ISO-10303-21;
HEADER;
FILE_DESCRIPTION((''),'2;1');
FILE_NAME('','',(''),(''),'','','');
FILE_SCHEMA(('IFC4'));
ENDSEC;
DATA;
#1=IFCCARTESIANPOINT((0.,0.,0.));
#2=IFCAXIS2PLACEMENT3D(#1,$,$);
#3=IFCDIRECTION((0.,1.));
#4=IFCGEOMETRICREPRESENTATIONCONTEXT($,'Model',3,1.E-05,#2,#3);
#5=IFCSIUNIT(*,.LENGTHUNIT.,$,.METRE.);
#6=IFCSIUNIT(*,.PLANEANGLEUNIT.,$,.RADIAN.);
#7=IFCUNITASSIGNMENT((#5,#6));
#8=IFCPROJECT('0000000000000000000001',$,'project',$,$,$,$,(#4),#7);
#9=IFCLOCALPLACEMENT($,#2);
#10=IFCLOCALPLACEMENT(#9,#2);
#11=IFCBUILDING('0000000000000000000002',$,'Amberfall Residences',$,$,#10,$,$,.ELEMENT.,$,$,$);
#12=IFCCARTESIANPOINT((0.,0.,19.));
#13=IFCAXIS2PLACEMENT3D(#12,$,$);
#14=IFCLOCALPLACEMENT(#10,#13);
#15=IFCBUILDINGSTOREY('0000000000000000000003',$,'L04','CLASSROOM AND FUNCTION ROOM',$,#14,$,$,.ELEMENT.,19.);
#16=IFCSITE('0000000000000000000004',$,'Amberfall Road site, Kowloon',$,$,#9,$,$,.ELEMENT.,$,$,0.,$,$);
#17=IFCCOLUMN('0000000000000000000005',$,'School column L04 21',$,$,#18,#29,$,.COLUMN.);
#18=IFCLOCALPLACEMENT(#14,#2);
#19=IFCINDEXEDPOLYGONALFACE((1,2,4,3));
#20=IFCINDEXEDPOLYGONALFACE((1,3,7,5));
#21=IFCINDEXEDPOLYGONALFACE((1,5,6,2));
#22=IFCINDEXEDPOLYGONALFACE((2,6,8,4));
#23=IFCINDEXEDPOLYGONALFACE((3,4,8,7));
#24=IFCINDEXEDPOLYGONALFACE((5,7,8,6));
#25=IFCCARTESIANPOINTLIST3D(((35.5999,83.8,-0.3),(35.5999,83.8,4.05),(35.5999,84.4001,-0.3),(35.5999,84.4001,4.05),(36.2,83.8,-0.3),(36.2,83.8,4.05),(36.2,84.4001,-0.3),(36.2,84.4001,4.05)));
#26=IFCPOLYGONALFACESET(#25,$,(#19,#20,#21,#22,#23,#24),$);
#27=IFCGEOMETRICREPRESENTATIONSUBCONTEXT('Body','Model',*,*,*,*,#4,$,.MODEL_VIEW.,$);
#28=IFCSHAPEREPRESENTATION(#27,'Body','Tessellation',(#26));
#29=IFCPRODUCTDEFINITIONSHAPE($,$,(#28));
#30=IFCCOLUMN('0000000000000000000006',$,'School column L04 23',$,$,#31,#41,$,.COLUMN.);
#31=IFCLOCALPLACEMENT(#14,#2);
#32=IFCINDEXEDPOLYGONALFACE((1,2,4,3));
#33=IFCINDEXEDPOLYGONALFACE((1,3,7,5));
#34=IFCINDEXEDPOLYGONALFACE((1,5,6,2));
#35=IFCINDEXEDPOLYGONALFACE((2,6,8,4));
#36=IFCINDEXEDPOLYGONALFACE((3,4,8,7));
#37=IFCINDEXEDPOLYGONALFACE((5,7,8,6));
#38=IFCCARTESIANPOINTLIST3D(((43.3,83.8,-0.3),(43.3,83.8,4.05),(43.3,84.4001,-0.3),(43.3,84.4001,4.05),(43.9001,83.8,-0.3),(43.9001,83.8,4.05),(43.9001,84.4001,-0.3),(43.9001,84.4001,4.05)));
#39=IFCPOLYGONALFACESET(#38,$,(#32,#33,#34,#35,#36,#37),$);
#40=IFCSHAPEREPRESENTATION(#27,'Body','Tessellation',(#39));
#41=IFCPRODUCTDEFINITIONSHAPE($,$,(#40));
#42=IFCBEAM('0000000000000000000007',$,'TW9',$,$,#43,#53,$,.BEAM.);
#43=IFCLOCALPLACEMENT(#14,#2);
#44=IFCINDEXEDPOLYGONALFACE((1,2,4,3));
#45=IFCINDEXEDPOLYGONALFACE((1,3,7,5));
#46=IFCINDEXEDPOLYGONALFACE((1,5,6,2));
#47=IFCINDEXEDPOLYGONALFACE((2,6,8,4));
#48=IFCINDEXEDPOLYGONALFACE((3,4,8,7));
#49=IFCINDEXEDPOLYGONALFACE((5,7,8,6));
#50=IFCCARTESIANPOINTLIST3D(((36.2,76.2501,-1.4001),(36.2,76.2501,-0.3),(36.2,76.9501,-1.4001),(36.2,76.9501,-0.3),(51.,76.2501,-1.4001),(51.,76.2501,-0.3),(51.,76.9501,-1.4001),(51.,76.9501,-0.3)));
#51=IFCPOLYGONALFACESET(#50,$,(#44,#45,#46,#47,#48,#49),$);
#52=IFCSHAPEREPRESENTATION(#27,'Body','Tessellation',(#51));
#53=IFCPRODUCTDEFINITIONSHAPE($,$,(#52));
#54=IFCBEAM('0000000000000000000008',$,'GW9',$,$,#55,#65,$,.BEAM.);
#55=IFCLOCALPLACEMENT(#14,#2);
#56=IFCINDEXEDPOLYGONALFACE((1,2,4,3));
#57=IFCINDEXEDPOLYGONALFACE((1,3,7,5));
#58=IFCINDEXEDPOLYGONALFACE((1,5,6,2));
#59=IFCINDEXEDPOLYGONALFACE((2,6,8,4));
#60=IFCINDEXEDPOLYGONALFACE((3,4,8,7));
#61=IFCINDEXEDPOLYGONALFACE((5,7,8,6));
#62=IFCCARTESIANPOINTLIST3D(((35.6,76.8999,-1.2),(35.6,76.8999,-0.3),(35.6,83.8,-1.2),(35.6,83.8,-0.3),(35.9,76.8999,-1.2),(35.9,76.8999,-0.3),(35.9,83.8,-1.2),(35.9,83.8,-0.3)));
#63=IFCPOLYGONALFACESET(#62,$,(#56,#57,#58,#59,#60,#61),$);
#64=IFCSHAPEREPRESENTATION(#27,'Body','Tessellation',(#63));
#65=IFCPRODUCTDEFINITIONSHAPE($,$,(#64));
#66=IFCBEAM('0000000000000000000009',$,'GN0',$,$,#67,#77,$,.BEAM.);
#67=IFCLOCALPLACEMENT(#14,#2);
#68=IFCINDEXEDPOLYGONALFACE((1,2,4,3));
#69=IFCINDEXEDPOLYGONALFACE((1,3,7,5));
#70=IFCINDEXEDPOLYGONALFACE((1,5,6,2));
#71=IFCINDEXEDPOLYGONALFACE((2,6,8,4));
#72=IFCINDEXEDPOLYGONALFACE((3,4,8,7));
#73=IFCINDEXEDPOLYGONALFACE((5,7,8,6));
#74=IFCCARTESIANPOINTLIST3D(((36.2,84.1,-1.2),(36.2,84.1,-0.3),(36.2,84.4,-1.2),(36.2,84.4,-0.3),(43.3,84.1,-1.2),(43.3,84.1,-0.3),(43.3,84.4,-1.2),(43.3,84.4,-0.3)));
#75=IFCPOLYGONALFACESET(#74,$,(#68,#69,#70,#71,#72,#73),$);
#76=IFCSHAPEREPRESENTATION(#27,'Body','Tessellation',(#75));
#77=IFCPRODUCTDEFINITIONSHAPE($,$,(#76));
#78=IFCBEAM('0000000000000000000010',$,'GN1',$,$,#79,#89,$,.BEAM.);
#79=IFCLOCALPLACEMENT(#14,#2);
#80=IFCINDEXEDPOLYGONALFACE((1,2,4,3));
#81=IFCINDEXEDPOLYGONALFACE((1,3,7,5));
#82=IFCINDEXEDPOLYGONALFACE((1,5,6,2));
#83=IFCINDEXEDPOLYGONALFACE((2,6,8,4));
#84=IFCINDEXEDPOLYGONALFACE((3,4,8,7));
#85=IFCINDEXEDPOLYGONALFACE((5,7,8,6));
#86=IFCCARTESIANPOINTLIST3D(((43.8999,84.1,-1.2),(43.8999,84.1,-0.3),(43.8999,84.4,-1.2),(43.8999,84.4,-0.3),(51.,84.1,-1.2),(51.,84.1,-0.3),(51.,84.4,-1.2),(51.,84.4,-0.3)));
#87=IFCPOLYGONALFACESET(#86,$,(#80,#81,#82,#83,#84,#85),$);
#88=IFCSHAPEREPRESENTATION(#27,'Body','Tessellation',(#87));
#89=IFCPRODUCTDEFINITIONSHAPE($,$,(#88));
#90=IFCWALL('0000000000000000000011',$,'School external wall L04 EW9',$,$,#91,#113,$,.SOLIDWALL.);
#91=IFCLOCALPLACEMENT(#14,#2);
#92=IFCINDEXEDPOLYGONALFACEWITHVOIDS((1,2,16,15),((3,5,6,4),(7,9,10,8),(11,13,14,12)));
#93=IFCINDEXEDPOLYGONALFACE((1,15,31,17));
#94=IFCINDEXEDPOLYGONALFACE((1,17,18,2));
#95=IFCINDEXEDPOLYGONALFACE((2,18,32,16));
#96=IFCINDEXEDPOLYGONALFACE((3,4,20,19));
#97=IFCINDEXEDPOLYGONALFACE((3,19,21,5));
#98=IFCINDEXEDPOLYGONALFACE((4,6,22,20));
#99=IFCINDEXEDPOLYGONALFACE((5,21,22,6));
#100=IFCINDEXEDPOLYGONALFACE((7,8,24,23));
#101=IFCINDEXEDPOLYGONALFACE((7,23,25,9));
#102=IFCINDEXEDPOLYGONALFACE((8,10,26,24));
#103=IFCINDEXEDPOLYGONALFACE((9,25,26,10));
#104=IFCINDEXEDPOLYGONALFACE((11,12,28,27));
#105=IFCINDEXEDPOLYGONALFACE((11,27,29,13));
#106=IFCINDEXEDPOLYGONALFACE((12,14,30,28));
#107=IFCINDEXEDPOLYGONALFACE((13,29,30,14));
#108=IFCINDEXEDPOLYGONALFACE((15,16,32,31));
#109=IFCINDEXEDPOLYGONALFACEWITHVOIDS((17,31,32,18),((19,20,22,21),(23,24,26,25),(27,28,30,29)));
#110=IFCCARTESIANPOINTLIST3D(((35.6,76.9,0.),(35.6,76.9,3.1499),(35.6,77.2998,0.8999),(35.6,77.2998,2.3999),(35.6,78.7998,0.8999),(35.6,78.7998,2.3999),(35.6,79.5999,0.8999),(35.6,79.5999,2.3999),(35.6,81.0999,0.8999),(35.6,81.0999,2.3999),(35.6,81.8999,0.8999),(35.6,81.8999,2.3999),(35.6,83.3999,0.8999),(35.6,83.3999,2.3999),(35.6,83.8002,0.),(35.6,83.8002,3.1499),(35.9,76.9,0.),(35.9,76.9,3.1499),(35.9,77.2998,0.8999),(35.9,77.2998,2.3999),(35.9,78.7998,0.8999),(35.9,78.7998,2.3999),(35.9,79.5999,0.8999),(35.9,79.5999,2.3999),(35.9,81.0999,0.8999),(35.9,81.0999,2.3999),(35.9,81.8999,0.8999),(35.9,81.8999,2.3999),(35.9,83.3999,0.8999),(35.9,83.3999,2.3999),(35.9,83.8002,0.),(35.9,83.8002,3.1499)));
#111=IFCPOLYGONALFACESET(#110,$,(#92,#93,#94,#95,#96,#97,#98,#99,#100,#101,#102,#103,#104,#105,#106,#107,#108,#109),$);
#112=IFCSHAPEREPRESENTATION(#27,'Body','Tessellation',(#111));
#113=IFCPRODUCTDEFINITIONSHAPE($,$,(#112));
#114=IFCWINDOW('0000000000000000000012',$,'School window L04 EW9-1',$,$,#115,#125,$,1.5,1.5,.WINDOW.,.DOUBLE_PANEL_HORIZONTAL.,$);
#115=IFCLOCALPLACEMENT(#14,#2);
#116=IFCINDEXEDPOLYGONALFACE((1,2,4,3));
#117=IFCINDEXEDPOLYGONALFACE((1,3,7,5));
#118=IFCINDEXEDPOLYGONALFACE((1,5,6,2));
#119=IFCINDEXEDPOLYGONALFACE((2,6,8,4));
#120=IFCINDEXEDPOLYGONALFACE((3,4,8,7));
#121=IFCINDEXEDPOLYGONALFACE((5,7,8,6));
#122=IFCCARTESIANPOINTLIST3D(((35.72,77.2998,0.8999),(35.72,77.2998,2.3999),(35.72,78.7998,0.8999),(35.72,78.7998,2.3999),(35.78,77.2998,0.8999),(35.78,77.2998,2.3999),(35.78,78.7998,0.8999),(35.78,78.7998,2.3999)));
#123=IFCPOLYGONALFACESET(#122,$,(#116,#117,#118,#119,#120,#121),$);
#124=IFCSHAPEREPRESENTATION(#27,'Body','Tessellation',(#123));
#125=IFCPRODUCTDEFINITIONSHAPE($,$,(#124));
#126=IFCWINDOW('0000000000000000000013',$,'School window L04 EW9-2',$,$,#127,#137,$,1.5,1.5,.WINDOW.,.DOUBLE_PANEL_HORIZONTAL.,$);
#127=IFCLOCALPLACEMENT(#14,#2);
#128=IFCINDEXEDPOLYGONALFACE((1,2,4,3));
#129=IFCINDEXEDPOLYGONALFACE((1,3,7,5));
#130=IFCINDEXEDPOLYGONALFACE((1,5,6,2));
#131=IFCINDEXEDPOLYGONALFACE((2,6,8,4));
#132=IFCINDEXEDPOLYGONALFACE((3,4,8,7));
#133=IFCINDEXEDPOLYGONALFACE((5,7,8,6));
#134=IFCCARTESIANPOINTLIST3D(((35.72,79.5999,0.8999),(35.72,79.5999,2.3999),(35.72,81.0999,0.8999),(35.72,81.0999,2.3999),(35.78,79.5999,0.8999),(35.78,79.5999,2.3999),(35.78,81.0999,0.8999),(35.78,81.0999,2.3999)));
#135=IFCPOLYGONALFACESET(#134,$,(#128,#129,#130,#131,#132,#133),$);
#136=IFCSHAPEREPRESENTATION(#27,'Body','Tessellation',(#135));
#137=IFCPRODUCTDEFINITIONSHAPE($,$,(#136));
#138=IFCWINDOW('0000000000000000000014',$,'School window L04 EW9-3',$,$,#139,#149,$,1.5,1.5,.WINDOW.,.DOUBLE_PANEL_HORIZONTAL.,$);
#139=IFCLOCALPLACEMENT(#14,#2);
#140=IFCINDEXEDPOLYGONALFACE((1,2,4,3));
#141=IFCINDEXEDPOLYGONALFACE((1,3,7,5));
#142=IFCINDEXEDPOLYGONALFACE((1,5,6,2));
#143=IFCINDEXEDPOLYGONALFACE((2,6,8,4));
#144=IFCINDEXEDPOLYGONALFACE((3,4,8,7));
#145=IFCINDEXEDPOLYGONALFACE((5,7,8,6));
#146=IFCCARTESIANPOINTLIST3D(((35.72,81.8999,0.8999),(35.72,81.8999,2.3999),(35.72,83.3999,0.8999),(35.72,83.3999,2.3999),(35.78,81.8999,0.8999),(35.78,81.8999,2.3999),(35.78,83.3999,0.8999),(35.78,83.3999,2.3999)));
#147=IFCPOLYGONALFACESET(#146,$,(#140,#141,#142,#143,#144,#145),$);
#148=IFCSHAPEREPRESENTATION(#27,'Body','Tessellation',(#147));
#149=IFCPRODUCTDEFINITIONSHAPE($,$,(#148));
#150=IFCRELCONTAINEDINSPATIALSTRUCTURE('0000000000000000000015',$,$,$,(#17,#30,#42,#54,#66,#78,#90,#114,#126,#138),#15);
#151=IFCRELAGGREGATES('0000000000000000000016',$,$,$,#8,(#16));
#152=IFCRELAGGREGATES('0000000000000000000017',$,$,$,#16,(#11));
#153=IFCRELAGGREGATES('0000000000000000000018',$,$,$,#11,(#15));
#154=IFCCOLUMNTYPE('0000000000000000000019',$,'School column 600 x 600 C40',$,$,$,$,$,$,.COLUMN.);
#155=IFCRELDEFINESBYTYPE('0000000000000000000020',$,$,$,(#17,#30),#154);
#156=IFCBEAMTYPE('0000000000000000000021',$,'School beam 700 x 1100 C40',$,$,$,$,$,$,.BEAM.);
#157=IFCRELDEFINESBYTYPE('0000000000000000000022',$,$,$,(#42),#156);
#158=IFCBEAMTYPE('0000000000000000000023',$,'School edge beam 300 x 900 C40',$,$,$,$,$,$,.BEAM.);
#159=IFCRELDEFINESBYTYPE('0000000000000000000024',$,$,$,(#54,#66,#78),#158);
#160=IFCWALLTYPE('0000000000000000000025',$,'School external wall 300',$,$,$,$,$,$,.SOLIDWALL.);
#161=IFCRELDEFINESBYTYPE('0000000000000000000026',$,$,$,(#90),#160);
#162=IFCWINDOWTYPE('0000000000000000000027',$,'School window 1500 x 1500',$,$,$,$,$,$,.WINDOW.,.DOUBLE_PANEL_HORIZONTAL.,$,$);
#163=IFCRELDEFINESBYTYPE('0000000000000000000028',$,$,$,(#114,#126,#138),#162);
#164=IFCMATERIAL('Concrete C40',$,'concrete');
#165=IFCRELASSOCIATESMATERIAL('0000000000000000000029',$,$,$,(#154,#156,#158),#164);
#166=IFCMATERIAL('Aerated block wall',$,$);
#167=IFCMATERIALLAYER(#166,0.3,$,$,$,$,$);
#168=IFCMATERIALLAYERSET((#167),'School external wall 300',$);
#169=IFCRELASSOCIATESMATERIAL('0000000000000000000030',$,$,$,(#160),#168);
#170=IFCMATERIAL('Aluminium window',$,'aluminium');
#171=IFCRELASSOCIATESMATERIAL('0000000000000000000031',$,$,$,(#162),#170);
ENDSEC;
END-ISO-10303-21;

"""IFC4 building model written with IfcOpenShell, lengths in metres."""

from ifc_helpers import new_model, si_unit, direction, frame, frame_2d, origin, origin_2d, place, context, subcontext, project, spatial, rectangle, extrude, material, layer, layer_set, material_profile, profile_set, type_object, element, fill, save


model = new_model("IFC4")

# Units and contexts
model_context = context("Model", 3, precision=1e-05, world=origin(), true_north=direction((0.0, 1.0)))
body_context = subcontext(model_context, "Body", "Model", "MODEL_VIEW")
ifc_project = project(units=[si_unit("LENGTHUNIT", "METRE"), si_unit("PLANEANGLEUNIT", "RADIAN")], contexts=[model_context])

# Site, building, storey
site_placement = place(None, origin())
site = spatial("IfcSite", under=ifc_project, at=site_placement, Name="Amberfall Road site, Kowloon", CompositionType="ELEMENT", RefElevation=0.0)
building_placement = place(site_placement, origin())
building = spatial("IfcBuilding", under=site, at=building_placement, Name="Amberfall Residences", CompositionType="ELEMENT")
storey_placement = place(building_placement, frame((0.0, 0.0, 19.0)))
storey = spatial("IfcBuildingStorey", under=building, at=storey_placement, Name="L04", Description="CLASSROOM AND FUNCTION ROOM", CompositionType="ELEMENT", Elevation=19.0)

# Columns
ifc_material_1 = material(Name="Concrete C40", Category="concrete")
ifc_material_profile_1 = material_profile(ifc_material_1, rectangle(XDim=0.6001, YDim=0.6001, at=origin_2d()), Name="School column 600 x 600 C40")
ifc_profile_set_1 = profile_set([ifc_material_profile_1], Name="Concrete C40")
column_type = type_object("IfcColumnType", Name="School column 600 x 600 C40", PredefinedType="COLUMN", material=ifc_profile_set_1)
for number, where, z_axis, x_axis, name in (
    (1, (35.8999, 84.1001, -0.3), (0.0, 0.0, 1.0), (1.0, 0.0, 0.0), "School column L04 21"),
    (2, (43.6001, 84.1001, -0.3), (0.0, 0.0, 1.0), (1.0, 0.0, 0.0), "School column L04 23"),
):
    element("IfcColumn", number, at=place(storey_placement, frame(where, z_axis=z_axis, x_axis=x_axis)), inside=storey, type_object=column_type, Name=name, PredefinedType="COLUMN", context=body_context, shape_type="SweptSolid", body=[
        extrude(rectangle(XDim=0.6001, YDim=0.6001, at=origin_2d()), origin(), (0.0, 0.0, 1.0), 4.3501),
    ])

# Beams
ifc_material_profile_2 = material_profile(ifc_material_1, rectangle(XDim=0.7, YDim=1.1001, at=origin_2d()), Name="School beam 700 x 1100 C40")
ifc_profile_set_2 = profile_set([ifc_material_profile_2], Name="Concrete C40")
beam_type_1 = type_object("IfcBeamType", Name="School beam 700 x 1100 C40", PredefinedType="BEAM", material=ifc_profile_set_2)
beam_1_placement = place(storey_placement, frame((36.2, 76.6001, -0.8501), z_axis=(1.0, 0.0, 0.0), x_axis=(0.0, 1.0, 0.0)))
element("IfcBeam", 3, at=beam_1_placement, inside=storey, type_object=beam_type_1, Name="TW9", PredefinedType="BEAM", context=body_context, shape_type="SweptSolid", body=[
    extrude(rectangle(XDim=0.7, YDim=1.1001, at=origin_2d()), origin(), (0.0, 0.0, 1.0), 14.8),
])
ifc_material_profile_3 = material_profile(ifc_material_1, rectangle(XDim=0.3, YDim=0.8999, at=origin_2d()), Name="School edge beam 300 x 900 C40")
ifc_profile_set_3 = profile_set([ifc_material_profile_3], Name="Concrete C40")
beam_type_2 = type_object("IfcBeamType", Name="School edge beam 300 x 900 C40", PredefinedType="BEAM", material=ifc_profile_set_3)
beam_2_placement = place(storey_placement, frame((35.75, 76.8999, -0.75), z_axis=(0.0, 1.0, 0.0), x_axis=(-1.0, 0.0, 0.0)))
element("IfcBeam", 4, at=beam_2_placement, inside=storey, type_object=beam_type_2, Name="GW9", PredefinedType="BEAM", context=body_context, shape_type="SweptSolid", body=[
    extrude(rectangle(XDim=0.3, YDim=0.8999, at=origin_2d()), origin(), (0.0, 0.0, 1.0), 6.9001),
])
for number, where, z_axis, x_axis, name in (
    (5, (36.2, 84.25, -0.75), (1.0, 0.0, 0.0), (0.0, 1.0, 0.0), "GN0"),
    (6, (43.8999, 84.25, -0.75), (1.0, 0.0, 0.0), (0.0, 1.0, 0.0), "GN1"),
):
    element("IfcBeam", number, at=place(storey_placement, frame(where, z_axis=z_axis, x_axis=x_axis)), inside=storey, type_object=beam_type_2, Name=name, PredefinedType="BEAM", context=body_context, shape_type="SweptSolid", body=[
        extrude(rectangle(XDim=0.3, YDim=0.8999, at=origin_2d()), origin(), (0.0, 0.0, 1.0), 7.1001),
    ])

# Wall, openings, windows
ifc_material_2 = material(Name="Aerated block wall")
ifc_layer_1 = layer(ifc_material_2, 0.3)
ifc_layer_set_1 = layer_set([ifc_layer_1], Name="School external wall 300")
wall_type_1 = type_object("IfcWallType", Name="School external wall 300", PredefinedType="SOLIDWALL", material=ifc_layer_set_1)
wall_1_placement = place(storey_placement, frame((35.75, 76.8999, 0.0), z_axis=(0.0, 0.0, 1.0), x_axis=(0.0, 1.0, 0.0)))
wall_1 = element("IfcWall", 7, at=wall_1_placement, inside=storey, type_object=wall_type_1, Name="School external wall L04 EW9", PredefinedType="SOLIDWALL", context=body_context, shape_type="SweptSolid", body=[
    extrude(rectangle(XDim=6.9001, YDim=0.3, at=frame_2d((3.4502, 0.0))), origin(), (0.0, 0.0, 1.0), 3.1499),
])
opening_1_placement = place(wall_1_placement, frame((0.3999, 0.0, 0.8999)))
opening_1 = element("IfcOpeningElement", 8, at=opening_1_placement, cuts=wall_1, PredefinedType="OPENING", context=body_context, shape_type="SweptSolid", body=[
    extrude(rectangle(XDim=1.5, YDim=1.5, at=frame_2d((0.75, 0.75))), frame((0.0, 0.1599, 0.0), z_axis=(0.0, -1.0, 0.0), x_axis=(1.0, 0.0, 0.0)), (0.0, 0.0, 1.0), 0.3201),
])
opening_2_placement = place(wall_1_placement, frame((2.7, 0.0, 0.8999)))
opening_2 = element("IfcOpeningElement", 9, at=opening_2_placement, cuts=wall_1, PredefinedType="OPENING", context=body_context, shape_type="SweptSolid", body=[
    extrude(rectangle(XDim=1.5, YDim=1.5, at=frame_2d((0.75, 0.75))), frame((0.0, 0.1599, 0.0), z_axis=(0.0, -1.0, 0.0), x_axis=(1.0, 0.0, 0.0)), (0.0, 0.0, 1.0), 0.3201),
])
opening_3_placement = place(wall_1_placement, frame((5.0, 0.0, 0.8999)))
opening_3 = element("IfcOpeningElement", 10, at=opening_3_placement, cuts=wall_1, PredefinedType="OPENING", context=body_context, shape_type="SweptSolid", body=[
    extrude(rectangle(XDim=1.5, YDim=1.5, at=frame_2d((0.75, 0.75))), frame((0.0, 0.1599, 0.0), z_axis=(0.0, -1.0, 0.0), x_axis=(1.0, 0.0, 0.0)), (0.0, 0.0, 1.0), 0.3201),
])
ifc_material_3 = material(Name="Aluminium window", Category="aluminium")
window_type = type_object("IfcWindowType", Name="School window 1500 x 1500", PartitioningType="DOUBLE_PANEL_HORIZONTAL", PredefinedType="WINDOW", material=ifc_material_3)
window_1_placement = place(opening_1_placement, origin())
window_1 = element("IfcWindow", 11, at=window_1_placement, inside=storey, type_object=window_type, Name="School window L04 EW9-1", OverallHeight=1.5, OverallWidth=1.5, PartitioningType="DOUBLE_PANEL_HORIZONTAL", PredefinedType="WINDOW", context=body_context, shape_type="SweptSolid", body=[
    extrude(rectangle(XDim=1.5, YDim=1.5, at=frame_2d((0.75, 0.75))), frame((0.0, 0.03, 0.0), z_axis=(0.0, -1.0, 0.0), x_axis=(1.0, 0.0, 0.0)), (0.0, 0.0, 1.0), 0.0601),
])
fill(opening_1, window_1)
window_2_placement = place(opening_2_placement, origin())
window_2 = element("IfcWindow", 12, at=window_2_placement, inside=storey, type_object=window_type, Name="School window L04 EW9-2", OverallHeight=1.5, OverallWidth=1.5, PartitioningType="DOUBLE_PANEL_HORIZONTAL", PredefinedType="WINDOW", context=body_context, shape_type="SweptSolid", body=[
    extrude(rectangle(XDim=1.5, YDim=1.5, at=frame_2d((0.75, 0.75))), frame((0.0, 0.03, 0.0), z_axis=(0.0, -1.0, 0.0), x_axis=(1.0, 0.0, 0.0)), (0.0, 0.0, 1.0), 0.0601),
])
fill(opening_2, window_2)
window_3_placement = place(opening_3_placement, origin())
window_3 = element("IfcWindow", 13, at=window_3_placement, inside=storey, type_object=window_type, Name="School window L04 EW9-3", OverallHeight=1.5, OverallWidth=1.5, PartitioningType="DOUBLE_PANEL_HORIZONTAL", PredefinedType="WINDOW", context=body_context, shape_type="SweptSolid", body=[
    extrude(rectangle(XDim=1.5, YDim=1.5, at=frame_2d((0.75, 0.75))), frame((0.0, 0.03, 0.0), z_axis=(0.0, -1.0, 0.0), x_axis=(1.0, 0.0, 0.0)), (0.0, 0.0, 1.0), 0.0601),
])
fill(opening_3, window_3)

save(model, "model.ifc")
